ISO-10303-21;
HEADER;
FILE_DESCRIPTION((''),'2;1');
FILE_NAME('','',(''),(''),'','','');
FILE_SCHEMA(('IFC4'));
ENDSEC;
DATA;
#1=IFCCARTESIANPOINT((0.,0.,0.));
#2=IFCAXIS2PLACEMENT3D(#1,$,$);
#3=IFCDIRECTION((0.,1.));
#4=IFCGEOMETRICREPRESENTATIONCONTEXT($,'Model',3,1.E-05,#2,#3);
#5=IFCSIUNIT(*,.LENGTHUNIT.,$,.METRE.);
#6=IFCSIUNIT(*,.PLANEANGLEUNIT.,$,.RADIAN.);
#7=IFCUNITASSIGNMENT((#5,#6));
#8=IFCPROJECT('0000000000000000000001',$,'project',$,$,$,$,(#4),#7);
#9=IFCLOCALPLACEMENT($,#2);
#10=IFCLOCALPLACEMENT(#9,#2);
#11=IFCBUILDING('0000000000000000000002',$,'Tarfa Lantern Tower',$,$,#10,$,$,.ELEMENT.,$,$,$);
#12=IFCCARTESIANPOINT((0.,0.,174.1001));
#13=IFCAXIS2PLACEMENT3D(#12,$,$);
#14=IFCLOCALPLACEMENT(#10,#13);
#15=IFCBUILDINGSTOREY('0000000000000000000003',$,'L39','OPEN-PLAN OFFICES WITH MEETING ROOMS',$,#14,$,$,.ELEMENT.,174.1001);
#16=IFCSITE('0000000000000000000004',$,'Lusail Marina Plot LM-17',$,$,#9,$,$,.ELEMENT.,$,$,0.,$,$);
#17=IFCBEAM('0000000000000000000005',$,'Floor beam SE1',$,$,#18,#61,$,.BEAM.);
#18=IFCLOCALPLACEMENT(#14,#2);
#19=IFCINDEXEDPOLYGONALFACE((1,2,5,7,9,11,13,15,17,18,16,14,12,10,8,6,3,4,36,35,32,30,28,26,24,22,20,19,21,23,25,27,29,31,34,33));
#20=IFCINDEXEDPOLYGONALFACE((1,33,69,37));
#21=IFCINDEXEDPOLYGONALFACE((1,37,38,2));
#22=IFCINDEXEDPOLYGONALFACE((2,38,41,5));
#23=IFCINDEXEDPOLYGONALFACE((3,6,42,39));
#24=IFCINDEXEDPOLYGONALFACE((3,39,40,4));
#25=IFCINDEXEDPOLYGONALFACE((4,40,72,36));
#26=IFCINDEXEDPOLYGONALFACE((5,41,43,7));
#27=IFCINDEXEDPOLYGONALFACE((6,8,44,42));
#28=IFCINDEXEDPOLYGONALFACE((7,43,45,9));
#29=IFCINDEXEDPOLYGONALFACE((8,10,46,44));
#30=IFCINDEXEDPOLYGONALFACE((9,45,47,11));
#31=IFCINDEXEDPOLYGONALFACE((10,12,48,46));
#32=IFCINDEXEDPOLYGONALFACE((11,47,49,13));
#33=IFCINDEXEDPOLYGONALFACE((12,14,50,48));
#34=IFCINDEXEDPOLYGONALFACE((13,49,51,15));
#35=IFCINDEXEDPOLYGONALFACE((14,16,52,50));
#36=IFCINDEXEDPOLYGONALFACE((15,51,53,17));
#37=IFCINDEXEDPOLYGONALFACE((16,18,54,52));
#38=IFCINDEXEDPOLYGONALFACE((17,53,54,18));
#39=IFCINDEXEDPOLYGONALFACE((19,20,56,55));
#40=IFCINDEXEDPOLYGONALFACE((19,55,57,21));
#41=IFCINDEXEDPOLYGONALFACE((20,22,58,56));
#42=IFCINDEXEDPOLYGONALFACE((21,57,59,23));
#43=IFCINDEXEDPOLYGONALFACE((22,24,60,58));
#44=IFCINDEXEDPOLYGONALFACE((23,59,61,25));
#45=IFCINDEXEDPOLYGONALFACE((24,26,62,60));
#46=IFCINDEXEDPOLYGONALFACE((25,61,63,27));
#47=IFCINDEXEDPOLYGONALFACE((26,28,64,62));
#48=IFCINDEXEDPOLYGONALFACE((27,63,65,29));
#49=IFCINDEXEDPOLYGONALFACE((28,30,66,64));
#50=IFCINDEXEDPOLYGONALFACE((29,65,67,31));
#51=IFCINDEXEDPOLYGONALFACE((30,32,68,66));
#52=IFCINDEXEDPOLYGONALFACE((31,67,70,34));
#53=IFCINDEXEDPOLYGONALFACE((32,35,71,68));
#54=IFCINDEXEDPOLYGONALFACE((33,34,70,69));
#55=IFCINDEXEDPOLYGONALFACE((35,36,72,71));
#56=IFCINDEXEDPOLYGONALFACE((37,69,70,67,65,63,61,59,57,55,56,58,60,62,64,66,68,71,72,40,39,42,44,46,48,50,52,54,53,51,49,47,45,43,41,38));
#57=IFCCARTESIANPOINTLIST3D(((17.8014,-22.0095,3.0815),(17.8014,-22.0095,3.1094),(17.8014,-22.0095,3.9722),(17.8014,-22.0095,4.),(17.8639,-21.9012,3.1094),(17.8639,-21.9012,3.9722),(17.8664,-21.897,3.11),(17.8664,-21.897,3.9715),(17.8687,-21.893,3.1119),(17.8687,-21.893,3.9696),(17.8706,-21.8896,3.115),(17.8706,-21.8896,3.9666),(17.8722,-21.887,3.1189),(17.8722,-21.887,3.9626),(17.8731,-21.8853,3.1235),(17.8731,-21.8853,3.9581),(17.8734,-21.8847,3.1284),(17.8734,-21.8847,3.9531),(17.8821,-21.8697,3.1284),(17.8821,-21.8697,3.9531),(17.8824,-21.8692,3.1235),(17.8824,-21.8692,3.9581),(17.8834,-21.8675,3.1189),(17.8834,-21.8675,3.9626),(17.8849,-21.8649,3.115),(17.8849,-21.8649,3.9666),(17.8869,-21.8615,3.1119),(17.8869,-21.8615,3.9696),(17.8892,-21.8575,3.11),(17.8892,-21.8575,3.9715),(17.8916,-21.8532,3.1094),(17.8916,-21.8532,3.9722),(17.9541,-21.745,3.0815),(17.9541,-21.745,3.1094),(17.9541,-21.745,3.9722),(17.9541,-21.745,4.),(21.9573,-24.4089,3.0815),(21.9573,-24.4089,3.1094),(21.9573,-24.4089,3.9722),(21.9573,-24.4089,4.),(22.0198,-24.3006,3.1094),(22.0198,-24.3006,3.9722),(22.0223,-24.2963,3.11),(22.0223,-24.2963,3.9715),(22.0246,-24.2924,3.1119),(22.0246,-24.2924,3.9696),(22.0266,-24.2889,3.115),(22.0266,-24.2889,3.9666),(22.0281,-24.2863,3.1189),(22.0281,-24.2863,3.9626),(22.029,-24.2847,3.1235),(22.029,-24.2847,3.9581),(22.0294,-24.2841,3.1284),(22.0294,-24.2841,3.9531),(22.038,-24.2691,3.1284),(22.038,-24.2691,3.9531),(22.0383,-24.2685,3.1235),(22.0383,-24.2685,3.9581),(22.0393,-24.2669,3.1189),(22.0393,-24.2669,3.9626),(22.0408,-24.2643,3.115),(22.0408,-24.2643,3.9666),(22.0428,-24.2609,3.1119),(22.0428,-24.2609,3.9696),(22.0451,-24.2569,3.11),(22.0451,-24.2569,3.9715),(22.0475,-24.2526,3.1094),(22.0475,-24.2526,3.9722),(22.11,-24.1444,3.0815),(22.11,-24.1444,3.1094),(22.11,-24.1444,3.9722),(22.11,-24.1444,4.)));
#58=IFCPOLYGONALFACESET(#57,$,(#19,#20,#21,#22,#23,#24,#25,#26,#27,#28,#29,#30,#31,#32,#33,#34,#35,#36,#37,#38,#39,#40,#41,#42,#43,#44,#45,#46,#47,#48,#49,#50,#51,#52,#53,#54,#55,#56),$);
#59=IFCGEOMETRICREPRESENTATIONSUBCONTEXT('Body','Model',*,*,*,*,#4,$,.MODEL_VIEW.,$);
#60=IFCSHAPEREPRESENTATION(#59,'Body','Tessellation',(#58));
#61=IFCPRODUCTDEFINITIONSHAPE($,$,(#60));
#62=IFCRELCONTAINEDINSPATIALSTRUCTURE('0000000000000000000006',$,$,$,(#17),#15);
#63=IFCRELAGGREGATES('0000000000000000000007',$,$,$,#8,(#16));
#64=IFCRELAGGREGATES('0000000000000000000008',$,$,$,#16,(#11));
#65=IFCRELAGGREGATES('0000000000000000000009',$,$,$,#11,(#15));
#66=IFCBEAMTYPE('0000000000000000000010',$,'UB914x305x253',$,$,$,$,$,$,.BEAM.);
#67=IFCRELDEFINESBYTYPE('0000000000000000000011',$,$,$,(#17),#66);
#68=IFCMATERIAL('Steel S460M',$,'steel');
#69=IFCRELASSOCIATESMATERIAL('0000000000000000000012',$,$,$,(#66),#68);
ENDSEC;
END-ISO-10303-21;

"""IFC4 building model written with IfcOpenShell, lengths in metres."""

from ifc_helpers import new_model, si_unit, direction, frame, origin, origin_2d, place, context, subcontext, project, spatial, i_section, extrude, material, material_profile, profile_set, type_object, element, save


model = new_model("IFC4")

# Units and contexts
model_context = context("Model", 3, precision=1e-05, world=origin(), true_north=direction((0.0, 1.0)))
body_context = subcontext(model_context, "Body", "Model", "MODEL_VIEW")
ifc_project = project(units=[si_unit("LENGTHUNIT", "METRE"), si_unit("PLANEANGLEUNIT", "RADIAN")], contexts=[model_context])

# Site, building, storey
site_placement = place(None, origin())
site = spatial("IfcSite", under=ifc_project, at=site_placement, Name="Lusail Marina Plot LM-17", CompositionType="ELEMENT", RefElevation=0.0)
building_placement = place(site_placement, origin())
building = spatial("IfcBuilding", under=site, at=building_placement, Name="Tarfa Lantern Tower", CompositionType="ELEMENT")
storey_placement = place(building_placement, frame((0.0, 0.0, 174.1001)))
storey = spatial("IfcBuildingStorey", under=building, at=storey_placement, Name="L39", Description="OPEN-PLAN OFFICES WITH MEETING ROOMS", CompositionType="ELEMENT", Elevation=174.1001)

# Beam
ifc_material_1 = material(Name="Steel S460M", Category="steel")
ifc_material_profile_1 = material_profile(ifc_material_1, i_section(OverallWidth=0.3054, OverallDepth=0.9185, WebThickness=0.0173, FlangeThickness=0.0278, FilletRadius=0.019, at=origin_2d()), Name="UB914x305x253")
ifc_profile_set_1 = profile_set([ifc_material_profile_1], Name="Steel S460M")
beam_type_1 = type_object("IfcBeamType", Name="UB914x305x253", PredefinedType="BEAM", material=ifc_profile_set_1)
beam_1_placement = place(storey_placement, frame((22.0337, -24.2766, 3.5408), z_axis=(-0.866031, 0.499991, 0.0), x_axis=(-0.499991, -0.866031, 0.0)))
element("IfcBeam", 1, at=beam_1_placement, inside=storey, type_object=beam_type_1, Name="Floor beam SE1", PredefinedType="BEAM", context=body_context, shape_type="SweptSolid", body=[
    extrude(i_section(OverallWidth=0.3054, OverallDepth=0.9185, WebThickness=0.0173, FlangeThickness=0.0278, FilletRadius=0.019, at=origin_2d()), origin(), (0.0, 0.0, 1.0), 4.7988),
])

save(model, "model.ifc")
